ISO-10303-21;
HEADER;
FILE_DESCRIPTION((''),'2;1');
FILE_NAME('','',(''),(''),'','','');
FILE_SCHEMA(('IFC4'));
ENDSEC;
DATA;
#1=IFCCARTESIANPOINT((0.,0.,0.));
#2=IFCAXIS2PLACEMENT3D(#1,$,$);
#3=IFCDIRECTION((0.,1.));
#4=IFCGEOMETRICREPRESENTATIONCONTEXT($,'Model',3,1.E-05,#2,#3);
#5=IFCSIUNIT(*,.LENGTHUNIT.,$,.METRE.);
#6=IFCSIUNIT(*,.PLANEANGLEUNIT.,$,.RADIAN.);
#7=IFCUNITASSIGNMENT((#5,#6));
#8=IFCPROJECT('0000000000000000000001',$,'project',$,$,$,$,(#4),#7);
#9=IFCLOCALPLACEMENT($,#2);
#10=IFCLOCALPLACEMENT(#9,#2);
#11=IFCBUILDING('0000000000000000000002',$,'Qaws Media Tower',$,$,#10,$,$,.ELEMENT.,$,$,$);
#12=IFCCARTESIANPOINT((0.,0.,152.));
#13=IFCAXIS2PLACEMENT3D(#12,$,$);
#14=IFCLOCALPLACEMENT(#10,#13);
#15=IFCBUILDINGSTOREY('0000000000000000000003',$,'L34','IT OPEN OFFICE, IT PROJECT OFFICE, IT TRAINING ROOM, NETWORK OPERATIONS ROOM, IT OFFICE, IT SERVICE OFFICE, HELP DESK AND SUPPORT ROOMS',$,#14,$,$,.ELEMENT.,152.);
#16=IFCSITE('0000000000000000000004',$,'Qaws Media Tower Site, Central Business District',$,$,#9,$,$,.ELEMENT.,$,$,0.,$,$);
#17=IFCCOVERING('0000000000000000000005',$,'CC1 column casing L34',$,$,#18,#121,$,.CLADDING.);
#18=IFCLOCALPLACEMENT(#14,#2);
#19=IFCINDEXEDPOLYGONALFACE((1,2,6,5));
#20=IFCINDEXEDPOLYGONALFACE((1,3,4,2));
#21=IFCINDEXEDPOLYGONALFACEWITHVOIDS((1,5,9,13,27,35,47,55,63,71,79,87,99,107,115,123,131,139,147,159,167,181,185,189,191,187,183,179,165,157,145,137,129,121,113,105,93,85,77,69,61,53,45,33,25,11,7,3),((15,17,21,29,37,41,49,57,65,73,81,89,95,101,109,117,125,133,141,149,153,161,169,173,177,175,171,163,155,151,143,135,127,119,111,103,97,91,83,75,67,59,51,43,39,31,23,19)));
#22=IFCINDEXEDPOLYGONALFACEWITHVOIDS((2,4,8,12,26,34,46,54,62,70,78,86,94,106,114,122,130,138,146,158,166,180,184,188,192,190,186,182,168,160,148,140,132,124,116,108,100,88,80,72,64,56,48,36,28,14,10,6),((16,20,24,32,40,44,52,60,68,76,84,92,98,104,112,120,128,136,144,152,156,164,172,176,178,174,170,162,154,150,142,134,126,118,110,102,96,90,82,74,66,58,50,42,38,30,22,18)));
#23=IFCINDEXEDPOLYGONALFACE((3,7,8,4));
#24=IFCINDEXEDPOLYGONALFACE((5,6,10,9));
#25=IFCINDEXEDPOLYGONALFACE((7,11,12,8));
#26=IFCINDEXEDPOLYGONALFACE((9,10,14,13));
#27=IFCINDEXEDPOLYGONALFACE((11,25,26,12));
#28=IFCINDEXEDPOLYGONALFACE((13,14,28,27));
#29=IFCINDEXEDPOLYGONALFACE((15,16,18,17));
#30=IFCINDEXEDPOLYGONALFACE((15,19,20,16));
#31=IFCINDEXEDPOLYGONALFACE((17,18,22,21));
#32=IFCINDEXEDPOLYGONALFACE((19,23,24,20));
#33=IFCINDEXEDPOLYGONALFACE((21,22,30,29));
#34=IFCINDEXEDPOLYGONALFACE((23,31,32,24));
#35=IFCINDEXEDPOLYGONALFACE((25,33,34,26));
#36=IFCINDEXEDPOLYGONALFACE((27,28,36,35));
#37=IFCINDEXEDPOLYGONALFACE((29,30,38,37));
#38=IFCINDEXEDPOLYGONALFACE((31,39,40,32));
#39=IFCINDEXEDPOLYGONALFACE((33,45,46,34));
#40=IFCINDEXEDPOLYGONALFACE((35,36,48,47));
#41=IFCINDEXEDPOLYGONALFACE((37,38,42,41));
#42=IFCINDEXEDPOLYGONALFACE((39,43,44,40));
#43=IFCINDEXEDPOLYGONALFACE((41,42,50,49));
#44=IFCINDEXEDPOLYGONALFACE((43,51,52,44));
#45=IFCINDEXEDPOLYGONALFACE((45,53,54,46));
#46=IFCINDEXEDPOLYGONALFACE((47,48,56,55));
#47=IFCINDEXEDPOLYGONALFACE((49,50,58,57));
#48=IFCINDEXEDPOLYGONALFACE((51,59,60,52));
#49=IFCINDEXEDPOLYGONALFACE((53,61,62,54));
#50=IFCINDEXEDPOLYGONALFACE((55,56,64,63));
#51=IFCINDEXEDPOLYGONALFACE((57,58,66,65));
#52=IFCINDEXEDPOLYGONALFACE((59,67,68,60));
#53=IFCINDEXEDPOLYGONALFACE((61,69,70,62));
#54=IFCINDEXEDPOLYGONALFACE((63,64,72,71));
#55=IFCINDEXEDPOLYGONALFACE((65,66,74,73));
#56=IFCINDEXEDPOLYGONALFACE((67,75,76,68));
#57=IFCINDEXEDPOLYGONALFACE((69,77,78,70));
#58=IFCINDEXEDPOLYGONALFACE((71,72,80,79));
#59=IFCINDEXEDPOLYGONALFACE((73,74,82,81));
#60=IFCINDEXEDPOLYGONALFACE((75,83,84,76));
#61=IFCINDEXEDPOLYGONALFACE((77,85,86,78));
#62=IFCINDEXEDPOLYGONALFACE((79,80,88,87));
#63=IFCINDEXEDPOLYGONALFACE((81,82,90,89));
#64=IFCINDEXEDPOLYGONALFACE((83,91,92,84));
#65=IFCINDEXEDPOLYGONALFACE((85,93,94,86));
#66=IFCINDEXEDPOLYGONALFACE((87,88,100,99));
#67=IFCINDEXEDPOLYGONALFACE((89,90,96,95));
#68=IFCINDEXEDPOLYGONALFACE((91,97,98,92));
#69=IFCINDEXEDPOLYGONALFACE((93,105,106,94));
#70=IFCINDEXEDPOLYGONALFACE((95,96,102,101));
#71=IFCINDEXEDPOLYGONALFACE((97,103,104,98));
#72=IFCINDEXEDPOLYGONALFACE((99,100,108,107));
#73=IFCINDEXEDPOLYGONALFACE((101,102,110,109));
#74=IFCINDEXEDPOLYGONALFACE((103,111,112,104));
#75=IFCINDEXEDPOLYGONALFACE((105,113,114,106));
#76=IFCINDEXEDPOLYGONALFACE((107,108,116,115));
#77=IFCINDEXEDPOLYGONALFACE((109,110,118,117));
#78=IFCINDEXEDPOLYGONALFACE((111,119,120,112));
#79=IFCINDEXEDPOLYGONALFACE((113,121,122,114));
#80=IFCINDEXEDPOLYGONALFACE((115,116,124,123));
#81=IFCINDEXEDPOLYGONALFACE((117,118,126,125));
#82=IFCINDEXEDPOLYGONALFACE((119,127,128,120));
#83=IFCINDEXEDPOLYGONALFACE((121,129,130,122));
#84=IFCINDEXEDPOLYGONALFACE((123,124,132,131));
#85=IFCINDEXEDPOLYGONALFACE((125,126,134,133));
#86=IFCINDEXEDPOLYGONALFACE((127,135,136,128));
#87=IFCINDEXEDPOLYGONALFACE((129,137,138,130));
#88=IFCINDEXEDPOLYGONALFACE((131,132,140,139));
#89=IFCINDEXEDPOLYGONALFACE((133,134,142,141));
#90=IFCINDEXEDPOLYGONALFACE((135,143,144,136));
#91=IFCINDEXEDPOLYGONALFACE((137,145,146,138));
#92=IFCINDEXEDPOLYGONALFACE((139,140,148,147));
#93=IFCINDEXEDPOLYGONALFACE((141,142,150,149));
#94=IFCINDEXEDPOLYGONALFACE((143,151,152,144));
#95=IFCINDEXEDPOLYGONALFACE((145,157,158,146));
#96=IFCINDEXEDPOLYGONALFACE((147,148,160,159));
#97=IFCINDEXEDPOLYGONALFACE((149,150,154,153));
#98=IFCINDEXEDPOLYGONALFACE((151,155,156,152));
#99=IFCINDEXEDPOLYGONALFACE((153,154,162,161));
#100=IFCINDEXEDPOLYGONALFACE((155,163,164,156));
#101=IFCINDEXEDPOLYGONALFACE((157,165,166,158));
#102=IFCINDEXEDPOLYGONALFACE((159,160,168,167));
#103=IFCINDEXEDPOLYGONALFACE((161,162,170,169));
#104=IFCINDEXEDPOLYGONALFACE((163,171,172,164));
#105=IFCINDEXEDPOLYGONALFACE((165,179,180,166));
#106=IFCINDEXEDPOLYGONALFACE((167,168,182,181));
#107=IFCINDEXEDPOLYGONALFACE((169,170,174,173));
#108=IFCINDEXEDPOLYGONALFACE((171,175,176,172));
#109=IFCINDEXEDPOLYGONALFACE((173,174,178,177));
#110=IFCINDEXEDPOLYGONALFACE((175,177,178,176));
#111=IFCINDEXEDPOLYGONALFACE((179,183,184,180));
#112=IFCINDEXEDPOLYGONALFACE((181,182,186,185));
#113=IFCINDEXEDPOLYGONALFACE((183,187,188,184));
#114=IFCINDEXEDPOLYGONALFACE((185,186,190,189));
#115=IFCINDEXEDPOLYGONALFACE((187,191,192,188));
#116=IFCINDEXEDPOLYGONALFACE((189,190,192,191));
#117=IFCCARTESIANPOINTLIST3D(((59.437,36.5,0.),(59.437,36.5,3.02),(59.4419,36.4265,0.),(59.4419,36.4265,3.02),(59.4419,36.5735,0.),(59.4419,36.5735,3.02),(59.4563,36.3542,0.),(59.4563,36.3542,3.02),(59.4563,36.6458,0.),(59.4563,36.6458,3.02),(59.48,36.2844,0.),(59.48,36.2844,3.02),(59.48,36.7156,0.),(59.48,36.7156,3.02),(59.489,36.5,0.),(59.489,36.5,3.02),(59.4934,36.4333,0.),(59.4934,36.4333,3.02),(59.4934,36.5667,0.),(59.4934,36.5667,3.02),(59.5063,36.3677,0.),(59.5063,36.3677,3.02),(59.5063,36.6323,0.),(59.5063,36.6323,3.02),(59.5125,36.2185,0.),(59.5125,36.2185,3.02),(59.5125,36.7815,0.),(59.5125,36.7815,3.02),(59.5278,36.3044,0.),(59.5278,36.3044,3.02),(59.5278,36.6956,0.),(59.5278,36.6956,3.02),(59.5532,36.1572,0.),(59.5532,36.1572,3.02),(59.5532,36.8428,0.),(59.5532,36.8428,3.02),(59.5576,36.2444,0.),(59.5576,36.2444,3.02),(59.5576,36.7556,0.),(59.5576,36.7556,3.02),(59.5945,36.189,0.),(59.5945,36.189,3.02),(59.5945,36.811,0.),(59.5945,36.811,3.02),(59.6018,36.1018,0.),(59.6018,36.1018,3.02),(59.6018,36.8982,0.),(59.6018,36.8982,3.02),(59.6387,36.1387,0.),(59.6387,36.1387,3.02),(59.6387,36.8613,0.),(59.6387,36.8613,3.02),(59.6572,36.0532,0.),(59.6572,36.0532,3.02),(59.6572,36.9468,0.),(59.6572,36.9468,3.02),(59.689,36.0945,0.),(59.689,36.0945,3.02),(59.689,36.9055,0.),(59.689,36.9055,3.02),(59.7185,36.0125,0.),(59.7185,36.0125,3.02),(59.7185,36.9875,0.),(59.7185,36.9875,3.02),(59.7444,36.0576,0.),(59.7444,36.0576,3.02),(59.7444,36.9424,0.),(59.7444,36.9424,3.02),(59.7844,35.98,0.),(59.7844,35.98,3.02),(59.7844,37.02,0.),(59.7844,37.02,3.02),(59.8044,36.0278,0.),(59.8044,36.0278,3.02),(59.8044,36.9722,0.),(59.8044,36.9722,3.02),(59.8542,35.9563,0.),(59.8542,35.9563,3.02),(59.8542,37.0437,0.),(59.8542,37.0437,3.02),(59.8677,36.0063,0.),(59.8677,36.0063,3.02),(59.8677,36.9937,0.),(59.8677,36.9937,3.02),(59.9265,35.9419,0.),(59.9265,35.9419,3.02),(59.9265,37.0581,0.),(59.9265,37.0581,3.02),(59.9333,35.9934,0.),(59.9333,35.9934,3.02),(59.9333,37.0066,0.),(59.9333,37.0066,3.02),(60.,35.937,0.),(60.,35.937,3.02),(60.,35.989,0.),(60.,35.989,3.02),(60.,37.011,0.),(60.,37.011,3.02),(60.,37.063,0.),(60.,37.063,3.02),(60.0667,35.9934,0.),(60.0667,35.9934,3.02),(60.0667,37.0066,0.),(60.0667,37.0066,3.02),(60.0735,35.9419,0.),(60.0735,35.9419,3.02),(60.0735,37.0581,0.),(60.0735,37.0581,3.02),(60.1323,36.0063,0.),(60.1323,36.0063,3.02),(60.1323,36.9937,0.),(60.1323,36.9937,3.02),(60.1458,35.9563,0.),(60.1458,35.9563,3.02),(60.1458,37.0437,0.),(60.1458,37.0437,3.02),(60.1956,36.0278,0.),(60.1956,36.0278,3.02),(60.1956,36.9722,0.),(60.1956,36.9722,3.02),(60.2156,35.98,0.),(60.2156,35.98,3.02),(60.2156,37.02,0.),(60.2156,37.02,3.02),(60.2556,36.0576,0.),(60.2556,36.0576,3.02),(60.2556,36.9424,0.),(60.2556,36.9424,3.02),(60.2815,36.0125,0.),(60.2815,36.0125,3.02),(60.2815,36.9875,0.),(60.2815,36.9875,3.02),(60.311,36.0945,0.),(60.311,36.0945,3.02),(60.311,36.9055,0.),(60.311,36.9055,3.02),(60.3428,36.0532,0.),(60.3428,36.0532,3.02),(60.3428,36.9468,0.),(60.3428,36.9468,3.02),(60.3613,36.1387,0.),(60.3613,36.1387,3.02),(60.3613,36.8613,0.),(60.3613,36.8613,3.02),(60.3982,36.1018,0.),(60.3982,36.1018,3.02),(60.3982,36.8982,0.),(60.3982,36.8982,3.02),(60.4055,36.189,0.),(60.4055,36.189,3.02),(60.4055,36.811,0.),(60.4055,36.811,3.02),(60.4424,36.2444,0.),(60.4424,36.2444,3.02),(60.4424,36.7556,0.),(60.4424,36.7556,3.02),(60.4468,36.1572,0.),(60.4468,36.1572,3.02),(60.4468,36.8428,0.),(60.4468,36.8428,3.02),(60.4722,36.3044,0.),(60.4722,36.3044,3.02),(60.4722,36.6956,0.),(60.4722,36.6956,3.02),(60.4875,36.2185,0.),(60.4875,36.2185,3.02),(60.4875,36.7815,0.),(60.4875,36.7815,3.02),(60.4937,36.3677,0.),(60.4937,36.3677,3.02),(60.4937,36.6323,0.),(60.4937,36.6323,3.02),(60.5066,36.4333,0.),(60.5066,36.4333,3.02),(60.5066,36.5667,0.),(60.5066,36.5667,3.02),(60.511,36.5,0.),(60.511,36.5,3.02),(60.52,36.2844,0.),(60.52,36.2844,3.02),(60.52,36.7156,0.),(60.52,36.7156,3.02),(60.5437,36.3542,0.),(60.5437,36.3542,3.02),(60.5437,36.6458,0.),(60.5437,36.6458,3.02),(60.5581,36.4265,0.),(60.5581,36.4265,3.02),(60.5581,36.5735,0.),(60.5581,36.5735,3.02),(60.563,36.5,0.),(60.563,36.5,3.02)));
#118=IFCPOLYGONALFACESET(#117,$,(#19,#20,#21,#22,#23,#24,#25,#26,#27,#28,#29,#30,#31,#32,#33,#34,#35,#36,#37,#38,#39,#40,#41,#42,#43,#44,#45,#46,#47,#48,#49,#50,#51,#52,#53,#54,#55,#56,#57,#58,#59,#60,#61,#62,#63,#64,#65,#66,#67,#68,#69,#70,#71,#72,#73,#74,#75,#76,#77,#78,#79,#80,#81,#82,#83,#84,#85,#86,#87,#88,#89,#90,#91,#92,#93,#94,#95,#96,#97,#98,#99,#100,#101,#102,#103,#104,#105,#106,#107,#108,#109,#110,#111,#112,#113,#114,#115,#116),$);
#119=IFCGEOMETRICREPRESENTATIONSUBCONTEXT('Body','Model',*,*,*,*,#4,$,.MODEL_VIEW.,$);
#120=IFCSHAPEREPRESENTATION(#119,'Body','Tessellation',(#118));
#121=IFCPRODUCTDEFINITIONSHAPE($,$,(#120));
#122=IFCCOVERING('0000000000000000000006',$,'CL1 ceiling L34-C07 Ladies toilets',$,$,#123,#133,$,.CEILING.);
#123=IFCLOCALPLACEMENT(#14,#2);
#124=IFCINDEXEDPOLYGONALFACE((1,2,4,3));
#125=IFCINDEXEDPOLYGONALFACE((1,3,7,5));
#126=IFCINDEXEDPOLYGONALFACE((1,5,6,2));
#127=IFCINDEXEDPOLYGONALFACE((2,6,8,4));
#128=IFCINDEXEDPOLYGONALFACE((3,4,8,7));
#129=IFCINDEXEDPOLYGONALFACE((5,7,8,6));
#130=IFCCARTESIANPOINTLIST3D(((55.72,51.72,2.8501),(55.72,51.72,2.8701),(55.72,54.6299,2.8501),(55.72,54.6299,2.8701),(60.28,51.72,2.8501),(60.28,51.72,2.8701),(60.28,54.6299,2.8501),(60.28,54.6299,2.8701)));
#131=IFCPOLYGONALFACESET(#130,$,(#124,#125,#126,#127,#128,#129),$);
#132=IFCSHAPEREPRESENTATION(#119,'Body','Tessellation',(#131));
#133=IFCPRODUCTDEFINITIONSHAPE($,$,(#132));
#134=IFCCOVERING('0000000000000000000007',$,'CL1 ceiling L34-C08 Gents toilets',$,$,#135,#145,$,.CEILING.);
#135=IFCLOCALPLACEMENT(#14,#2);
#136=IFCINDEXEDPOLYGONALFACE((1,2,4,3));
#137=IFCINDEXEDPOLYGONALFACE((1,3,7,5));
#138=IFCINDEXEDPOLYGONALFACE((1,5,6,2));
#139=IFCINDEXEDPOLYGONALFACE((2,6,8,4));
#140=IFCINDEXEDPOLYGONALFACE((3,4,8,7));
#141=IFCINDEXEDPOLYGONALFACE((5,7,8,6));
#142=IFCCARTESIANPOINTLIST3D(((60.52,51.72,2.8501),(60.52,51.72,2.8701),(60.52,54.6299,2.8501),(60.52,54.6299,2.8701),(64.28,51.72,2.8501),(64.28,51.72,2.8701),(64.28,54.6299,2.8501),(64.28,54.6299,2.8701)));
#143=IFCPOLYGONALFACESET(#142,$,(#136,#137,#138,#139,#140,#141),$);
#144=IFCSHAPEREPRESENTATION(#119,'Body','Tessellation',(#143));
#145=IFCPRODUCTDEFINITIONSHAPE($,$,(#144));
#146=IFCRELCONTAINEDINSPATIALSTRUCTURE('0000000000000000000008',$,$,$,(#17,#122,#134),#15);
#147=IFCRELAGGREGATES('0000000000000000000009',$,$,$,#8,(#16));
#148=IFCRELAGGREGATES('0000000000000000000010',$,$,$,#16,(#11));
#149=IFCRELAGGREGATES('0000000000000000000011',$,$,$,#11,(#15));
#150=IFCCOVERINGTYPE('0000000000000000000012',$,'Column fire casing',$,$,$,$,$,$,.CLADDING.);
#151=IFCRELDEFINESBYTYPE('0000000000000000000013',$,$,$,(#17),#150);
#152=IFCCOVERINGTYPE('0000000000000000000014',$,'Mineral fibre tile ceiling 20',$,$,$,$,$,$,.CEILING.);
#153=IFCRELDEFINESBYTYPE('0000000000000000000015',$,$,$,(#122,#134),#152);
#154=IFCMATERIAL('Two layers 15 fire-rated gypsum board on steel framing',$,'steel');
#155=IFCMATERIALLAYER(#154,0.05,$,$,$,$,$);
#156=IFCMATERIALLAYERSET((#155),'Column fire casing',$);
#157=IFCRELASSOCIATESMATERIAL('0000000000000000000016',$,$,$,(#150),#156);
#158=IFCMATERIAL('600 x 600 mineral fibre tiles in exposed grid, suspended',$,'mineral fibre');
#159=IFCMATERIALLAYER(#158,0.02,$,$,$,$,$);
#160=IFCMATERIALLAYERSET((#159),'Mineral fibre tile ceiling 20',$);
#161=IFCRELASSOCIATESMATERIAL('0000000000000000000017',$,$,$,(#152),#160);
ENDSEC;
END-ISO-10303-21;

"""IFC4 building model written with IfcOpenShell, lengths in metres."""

from ifc_helpers import new_model, si_unit, direction, frame, origin, place, context, subcontext, project, spatial, polyline, outline, extrude, material, layer, layer_set, type_object, element, save


model = new_model("IFC4")

# Units and contexts
model_context = context("Model", 3, precision=1e-05, world=origin(), true_north=direction((0.0, 1.0)))
body_context = subcontext(model_context, "Body", "Model", "MODEL_VIEW")
ifc_project = project(units=[si_unit("LENGTHUNIT", "METRE"), si_unit("PLANEANGLEUNIT", "RADIAN")], contexts=[model_context])

# Site, building, storey
site_placement = place(None, origin())
site = spatial("IfcSite", under=ifc_project, at=site_placement, Name="Qaws Media Tower Site, Central Business District", CompositionType="ELEMENT", RefElevation=0.0)
building_placement = place(site_placement, origin())
building = spatial("IfcBuilding", under=site, at=building_placement, Name="Qaws Media Tower", CompositionType="ELEMENT")
storey_placement = place(building_placement, frame((0.0, 0.0, 152.0)))
storey = spatial("IfcBuildingStorey", under=building, at=storey_placement, Name="L34", Description="IT OPEN OFFICE, IT PROJECT OFFICE, IT TRAINING ROOM, NETWORK OPERATIONS ROOM, IT OFFICE, IT SERVICE OFFICE, HELP DESK AND SUPPORT ROOMS", CompositionType="ELEMENT", Elevation=152.0)

# Coverings
ifc_material_1 = material(Name="Two layers 15 fire-rated gypsum board on steel framing", Category="steel")
ifc_layer_1 = layer(ifc_material_1, 0.05)
ifc_layer_set_1 = layer_set([ifc_layer_1], Name="Column fire casing")
covering_type_1 = type_object("IfcCoveringType", Name="Column fire casing", PredefinedType="CLADDING", material=ifc_layer_set_1)
covering_1_placement = place(storey_placement, origin())
element("IfcCovering", 1, at=covering_1_placement, inside=storey, type_object=covering_type_1, Name="CC1 column casing L34", PredefinedType="CLADDING", context=body_context, shape_type="SweptSolid", body=[
    extrude(outline(polyline([(60.563, 36.5), (60.5581, 36.4265), (60.5437, 36.3542), (60.52, 36.2844), (60.4875, 36.2185), (60.4468, 36.1572), (60.3982, 36.1018), (60.3428, 36.0532), (60.2815, 36.0125), (60.2156, 35.98), (60.1458, 35.9563), (60.0735, 35.9419), (60.0, 35.937), (59.9265, 35.9419), (59.8542, 35.9563), (59.7844, 35.98), (59.7185, 36.0125), (59.6572, 36.0532), (59.6018, 36.1018), (59.5532, 36.1572), (59.5125, 36.2185), (59.48, 36.2844), (59.4563, 36.3542), (59.4419, 36.4265), (59.437, 36.5), (59.4419, 36.5735), (59.4563, 36.6458), (59.48, 36.7156), (59.5125, 36.7815), (59.5532, 36.8428), (59.6018, 36.8982), (59.6572, 36.9468), (59.7185, 36.9875), (59.7844, 37.02), (59.8542, 37.0437), (59.9265, 37.0581), (60.0, 37.063), (60.0735, 37.0581), (60.1458, 37.0437), (60.2156, 37.02), (60.2815, 36.9875), (60.3428, 36.9468), (60.3982, 36.8982), (60.4468, 36.8428), (60.4875, 36.7815), (60.52, 36.7156), (60.5437, 36.6458), (60.5581, 36.5735), (60.563, 36.5)]), holes=[polyline([(60.511, 36.5), (60.5066, 36.4333), (60.4937, 36.3677), (60.4722, 36.3044), (60.4424, 36.2444), (60.4055, 36.189), (60.3613, 36.1387), (60.311, 36.0945), (60.2556, 36.0576), (60.1956, 36.0278), (60.1323, 36.0063), (60.0667, 35.9934), (60.0, 35.989), (59.9333, 35.9934), (59.8677, 36.0063), (59.8044, 36.0278), (59.7444, 36.0576), (59.689, 36.0945), (59.6387, 36.1387), (59.5945, 36.189), (59.5576, 36.2444), (59.5278, 36.3044), (59.5063, 36.3677), (59.4934, 36.4333), (59.489, 36.5), (59.4934, 36.5667), (59.5063, 36.6323), (59.5278, 36.6956), (59.5576, 36.7556), (59.5945, 36.811), (59.6387, 36.8613), (59.689, 36.9055), (59.7444, 36.9424), (59.8044, 36.9722), (59.8677, 36.9937), (59.9333, 37.0066), (60.0, 37.011), (60.0667, 37.0066), (60.1323, 36.9937), (60.1956, 36.9722), (60.2556, 36.9424), (60.311, 36.9055), (60.3613, 36.8613), (60.4055, 36.811), (60.4424, 36.7556), (60.4722, 36.6956), (60.4937, 36.6323), (60.5066, 36.5667), (60.511, 36.5)])]), origin(), (0.0, 0.0, 1.0), 3.02),
])
ifc_material_2 = material(Name="600 x 600 mineral fibre tiles in exposed grid, suspended", Category="mineral fibre")
ifc_layer_2 = layer(ifc_material_2, 0.02)
ifc_layer_set_2 = layer_set([ifc_layer_2], Name="Mineral fibre tile ceiling 20")
covering_type_2 = type_object("IfcCoveringType", Name="Mineral fibre tile ceiling 20", PredefinedType="CEILING", material=ifc_layer_set_2)
covering_2_placement = place(storey_placement, frame((0.0, 0.0, 2.8501)))
element("IfcCovering", 2, at=covering_2_placement, inside=storey, type_object=covering_type_2, Name="CL1 ceiling L34-C07 Ladies toilets", PredefinedType="CEILING", context=body_context, shape_type="SweptSolid", body=[
    extrude(outline(polyline([(55.72, 51.72), (55.72, 54.6299), (60.28, 54.6299), (60.28, 51.72), (55.72, 51.72)])), origin(), (0.0, 0.0, 1.0), 0.02),
])
covering_3_placement = place(storey_placement, frame((0.0, 0.0, 2.8501)))
element("IfcCovering", 3, at=covering_3_placement, inside=storey, type_object=covering_type_2, Name="CL1 ceiling L34-C08 Gents toilets", PredefinedType="CEILING", context=body_context, shape_type="SweptSolid", body=[
    extrude(outline(polyline([(60.52, 51.72), (60.52, 54.6299), (64.28, 54.6299), (64.28, 51.72), (60.52, 51.72)])), origin(), (0.0, 0.0, 1.0), 0.02),
])

save(model, "model.ifc")
